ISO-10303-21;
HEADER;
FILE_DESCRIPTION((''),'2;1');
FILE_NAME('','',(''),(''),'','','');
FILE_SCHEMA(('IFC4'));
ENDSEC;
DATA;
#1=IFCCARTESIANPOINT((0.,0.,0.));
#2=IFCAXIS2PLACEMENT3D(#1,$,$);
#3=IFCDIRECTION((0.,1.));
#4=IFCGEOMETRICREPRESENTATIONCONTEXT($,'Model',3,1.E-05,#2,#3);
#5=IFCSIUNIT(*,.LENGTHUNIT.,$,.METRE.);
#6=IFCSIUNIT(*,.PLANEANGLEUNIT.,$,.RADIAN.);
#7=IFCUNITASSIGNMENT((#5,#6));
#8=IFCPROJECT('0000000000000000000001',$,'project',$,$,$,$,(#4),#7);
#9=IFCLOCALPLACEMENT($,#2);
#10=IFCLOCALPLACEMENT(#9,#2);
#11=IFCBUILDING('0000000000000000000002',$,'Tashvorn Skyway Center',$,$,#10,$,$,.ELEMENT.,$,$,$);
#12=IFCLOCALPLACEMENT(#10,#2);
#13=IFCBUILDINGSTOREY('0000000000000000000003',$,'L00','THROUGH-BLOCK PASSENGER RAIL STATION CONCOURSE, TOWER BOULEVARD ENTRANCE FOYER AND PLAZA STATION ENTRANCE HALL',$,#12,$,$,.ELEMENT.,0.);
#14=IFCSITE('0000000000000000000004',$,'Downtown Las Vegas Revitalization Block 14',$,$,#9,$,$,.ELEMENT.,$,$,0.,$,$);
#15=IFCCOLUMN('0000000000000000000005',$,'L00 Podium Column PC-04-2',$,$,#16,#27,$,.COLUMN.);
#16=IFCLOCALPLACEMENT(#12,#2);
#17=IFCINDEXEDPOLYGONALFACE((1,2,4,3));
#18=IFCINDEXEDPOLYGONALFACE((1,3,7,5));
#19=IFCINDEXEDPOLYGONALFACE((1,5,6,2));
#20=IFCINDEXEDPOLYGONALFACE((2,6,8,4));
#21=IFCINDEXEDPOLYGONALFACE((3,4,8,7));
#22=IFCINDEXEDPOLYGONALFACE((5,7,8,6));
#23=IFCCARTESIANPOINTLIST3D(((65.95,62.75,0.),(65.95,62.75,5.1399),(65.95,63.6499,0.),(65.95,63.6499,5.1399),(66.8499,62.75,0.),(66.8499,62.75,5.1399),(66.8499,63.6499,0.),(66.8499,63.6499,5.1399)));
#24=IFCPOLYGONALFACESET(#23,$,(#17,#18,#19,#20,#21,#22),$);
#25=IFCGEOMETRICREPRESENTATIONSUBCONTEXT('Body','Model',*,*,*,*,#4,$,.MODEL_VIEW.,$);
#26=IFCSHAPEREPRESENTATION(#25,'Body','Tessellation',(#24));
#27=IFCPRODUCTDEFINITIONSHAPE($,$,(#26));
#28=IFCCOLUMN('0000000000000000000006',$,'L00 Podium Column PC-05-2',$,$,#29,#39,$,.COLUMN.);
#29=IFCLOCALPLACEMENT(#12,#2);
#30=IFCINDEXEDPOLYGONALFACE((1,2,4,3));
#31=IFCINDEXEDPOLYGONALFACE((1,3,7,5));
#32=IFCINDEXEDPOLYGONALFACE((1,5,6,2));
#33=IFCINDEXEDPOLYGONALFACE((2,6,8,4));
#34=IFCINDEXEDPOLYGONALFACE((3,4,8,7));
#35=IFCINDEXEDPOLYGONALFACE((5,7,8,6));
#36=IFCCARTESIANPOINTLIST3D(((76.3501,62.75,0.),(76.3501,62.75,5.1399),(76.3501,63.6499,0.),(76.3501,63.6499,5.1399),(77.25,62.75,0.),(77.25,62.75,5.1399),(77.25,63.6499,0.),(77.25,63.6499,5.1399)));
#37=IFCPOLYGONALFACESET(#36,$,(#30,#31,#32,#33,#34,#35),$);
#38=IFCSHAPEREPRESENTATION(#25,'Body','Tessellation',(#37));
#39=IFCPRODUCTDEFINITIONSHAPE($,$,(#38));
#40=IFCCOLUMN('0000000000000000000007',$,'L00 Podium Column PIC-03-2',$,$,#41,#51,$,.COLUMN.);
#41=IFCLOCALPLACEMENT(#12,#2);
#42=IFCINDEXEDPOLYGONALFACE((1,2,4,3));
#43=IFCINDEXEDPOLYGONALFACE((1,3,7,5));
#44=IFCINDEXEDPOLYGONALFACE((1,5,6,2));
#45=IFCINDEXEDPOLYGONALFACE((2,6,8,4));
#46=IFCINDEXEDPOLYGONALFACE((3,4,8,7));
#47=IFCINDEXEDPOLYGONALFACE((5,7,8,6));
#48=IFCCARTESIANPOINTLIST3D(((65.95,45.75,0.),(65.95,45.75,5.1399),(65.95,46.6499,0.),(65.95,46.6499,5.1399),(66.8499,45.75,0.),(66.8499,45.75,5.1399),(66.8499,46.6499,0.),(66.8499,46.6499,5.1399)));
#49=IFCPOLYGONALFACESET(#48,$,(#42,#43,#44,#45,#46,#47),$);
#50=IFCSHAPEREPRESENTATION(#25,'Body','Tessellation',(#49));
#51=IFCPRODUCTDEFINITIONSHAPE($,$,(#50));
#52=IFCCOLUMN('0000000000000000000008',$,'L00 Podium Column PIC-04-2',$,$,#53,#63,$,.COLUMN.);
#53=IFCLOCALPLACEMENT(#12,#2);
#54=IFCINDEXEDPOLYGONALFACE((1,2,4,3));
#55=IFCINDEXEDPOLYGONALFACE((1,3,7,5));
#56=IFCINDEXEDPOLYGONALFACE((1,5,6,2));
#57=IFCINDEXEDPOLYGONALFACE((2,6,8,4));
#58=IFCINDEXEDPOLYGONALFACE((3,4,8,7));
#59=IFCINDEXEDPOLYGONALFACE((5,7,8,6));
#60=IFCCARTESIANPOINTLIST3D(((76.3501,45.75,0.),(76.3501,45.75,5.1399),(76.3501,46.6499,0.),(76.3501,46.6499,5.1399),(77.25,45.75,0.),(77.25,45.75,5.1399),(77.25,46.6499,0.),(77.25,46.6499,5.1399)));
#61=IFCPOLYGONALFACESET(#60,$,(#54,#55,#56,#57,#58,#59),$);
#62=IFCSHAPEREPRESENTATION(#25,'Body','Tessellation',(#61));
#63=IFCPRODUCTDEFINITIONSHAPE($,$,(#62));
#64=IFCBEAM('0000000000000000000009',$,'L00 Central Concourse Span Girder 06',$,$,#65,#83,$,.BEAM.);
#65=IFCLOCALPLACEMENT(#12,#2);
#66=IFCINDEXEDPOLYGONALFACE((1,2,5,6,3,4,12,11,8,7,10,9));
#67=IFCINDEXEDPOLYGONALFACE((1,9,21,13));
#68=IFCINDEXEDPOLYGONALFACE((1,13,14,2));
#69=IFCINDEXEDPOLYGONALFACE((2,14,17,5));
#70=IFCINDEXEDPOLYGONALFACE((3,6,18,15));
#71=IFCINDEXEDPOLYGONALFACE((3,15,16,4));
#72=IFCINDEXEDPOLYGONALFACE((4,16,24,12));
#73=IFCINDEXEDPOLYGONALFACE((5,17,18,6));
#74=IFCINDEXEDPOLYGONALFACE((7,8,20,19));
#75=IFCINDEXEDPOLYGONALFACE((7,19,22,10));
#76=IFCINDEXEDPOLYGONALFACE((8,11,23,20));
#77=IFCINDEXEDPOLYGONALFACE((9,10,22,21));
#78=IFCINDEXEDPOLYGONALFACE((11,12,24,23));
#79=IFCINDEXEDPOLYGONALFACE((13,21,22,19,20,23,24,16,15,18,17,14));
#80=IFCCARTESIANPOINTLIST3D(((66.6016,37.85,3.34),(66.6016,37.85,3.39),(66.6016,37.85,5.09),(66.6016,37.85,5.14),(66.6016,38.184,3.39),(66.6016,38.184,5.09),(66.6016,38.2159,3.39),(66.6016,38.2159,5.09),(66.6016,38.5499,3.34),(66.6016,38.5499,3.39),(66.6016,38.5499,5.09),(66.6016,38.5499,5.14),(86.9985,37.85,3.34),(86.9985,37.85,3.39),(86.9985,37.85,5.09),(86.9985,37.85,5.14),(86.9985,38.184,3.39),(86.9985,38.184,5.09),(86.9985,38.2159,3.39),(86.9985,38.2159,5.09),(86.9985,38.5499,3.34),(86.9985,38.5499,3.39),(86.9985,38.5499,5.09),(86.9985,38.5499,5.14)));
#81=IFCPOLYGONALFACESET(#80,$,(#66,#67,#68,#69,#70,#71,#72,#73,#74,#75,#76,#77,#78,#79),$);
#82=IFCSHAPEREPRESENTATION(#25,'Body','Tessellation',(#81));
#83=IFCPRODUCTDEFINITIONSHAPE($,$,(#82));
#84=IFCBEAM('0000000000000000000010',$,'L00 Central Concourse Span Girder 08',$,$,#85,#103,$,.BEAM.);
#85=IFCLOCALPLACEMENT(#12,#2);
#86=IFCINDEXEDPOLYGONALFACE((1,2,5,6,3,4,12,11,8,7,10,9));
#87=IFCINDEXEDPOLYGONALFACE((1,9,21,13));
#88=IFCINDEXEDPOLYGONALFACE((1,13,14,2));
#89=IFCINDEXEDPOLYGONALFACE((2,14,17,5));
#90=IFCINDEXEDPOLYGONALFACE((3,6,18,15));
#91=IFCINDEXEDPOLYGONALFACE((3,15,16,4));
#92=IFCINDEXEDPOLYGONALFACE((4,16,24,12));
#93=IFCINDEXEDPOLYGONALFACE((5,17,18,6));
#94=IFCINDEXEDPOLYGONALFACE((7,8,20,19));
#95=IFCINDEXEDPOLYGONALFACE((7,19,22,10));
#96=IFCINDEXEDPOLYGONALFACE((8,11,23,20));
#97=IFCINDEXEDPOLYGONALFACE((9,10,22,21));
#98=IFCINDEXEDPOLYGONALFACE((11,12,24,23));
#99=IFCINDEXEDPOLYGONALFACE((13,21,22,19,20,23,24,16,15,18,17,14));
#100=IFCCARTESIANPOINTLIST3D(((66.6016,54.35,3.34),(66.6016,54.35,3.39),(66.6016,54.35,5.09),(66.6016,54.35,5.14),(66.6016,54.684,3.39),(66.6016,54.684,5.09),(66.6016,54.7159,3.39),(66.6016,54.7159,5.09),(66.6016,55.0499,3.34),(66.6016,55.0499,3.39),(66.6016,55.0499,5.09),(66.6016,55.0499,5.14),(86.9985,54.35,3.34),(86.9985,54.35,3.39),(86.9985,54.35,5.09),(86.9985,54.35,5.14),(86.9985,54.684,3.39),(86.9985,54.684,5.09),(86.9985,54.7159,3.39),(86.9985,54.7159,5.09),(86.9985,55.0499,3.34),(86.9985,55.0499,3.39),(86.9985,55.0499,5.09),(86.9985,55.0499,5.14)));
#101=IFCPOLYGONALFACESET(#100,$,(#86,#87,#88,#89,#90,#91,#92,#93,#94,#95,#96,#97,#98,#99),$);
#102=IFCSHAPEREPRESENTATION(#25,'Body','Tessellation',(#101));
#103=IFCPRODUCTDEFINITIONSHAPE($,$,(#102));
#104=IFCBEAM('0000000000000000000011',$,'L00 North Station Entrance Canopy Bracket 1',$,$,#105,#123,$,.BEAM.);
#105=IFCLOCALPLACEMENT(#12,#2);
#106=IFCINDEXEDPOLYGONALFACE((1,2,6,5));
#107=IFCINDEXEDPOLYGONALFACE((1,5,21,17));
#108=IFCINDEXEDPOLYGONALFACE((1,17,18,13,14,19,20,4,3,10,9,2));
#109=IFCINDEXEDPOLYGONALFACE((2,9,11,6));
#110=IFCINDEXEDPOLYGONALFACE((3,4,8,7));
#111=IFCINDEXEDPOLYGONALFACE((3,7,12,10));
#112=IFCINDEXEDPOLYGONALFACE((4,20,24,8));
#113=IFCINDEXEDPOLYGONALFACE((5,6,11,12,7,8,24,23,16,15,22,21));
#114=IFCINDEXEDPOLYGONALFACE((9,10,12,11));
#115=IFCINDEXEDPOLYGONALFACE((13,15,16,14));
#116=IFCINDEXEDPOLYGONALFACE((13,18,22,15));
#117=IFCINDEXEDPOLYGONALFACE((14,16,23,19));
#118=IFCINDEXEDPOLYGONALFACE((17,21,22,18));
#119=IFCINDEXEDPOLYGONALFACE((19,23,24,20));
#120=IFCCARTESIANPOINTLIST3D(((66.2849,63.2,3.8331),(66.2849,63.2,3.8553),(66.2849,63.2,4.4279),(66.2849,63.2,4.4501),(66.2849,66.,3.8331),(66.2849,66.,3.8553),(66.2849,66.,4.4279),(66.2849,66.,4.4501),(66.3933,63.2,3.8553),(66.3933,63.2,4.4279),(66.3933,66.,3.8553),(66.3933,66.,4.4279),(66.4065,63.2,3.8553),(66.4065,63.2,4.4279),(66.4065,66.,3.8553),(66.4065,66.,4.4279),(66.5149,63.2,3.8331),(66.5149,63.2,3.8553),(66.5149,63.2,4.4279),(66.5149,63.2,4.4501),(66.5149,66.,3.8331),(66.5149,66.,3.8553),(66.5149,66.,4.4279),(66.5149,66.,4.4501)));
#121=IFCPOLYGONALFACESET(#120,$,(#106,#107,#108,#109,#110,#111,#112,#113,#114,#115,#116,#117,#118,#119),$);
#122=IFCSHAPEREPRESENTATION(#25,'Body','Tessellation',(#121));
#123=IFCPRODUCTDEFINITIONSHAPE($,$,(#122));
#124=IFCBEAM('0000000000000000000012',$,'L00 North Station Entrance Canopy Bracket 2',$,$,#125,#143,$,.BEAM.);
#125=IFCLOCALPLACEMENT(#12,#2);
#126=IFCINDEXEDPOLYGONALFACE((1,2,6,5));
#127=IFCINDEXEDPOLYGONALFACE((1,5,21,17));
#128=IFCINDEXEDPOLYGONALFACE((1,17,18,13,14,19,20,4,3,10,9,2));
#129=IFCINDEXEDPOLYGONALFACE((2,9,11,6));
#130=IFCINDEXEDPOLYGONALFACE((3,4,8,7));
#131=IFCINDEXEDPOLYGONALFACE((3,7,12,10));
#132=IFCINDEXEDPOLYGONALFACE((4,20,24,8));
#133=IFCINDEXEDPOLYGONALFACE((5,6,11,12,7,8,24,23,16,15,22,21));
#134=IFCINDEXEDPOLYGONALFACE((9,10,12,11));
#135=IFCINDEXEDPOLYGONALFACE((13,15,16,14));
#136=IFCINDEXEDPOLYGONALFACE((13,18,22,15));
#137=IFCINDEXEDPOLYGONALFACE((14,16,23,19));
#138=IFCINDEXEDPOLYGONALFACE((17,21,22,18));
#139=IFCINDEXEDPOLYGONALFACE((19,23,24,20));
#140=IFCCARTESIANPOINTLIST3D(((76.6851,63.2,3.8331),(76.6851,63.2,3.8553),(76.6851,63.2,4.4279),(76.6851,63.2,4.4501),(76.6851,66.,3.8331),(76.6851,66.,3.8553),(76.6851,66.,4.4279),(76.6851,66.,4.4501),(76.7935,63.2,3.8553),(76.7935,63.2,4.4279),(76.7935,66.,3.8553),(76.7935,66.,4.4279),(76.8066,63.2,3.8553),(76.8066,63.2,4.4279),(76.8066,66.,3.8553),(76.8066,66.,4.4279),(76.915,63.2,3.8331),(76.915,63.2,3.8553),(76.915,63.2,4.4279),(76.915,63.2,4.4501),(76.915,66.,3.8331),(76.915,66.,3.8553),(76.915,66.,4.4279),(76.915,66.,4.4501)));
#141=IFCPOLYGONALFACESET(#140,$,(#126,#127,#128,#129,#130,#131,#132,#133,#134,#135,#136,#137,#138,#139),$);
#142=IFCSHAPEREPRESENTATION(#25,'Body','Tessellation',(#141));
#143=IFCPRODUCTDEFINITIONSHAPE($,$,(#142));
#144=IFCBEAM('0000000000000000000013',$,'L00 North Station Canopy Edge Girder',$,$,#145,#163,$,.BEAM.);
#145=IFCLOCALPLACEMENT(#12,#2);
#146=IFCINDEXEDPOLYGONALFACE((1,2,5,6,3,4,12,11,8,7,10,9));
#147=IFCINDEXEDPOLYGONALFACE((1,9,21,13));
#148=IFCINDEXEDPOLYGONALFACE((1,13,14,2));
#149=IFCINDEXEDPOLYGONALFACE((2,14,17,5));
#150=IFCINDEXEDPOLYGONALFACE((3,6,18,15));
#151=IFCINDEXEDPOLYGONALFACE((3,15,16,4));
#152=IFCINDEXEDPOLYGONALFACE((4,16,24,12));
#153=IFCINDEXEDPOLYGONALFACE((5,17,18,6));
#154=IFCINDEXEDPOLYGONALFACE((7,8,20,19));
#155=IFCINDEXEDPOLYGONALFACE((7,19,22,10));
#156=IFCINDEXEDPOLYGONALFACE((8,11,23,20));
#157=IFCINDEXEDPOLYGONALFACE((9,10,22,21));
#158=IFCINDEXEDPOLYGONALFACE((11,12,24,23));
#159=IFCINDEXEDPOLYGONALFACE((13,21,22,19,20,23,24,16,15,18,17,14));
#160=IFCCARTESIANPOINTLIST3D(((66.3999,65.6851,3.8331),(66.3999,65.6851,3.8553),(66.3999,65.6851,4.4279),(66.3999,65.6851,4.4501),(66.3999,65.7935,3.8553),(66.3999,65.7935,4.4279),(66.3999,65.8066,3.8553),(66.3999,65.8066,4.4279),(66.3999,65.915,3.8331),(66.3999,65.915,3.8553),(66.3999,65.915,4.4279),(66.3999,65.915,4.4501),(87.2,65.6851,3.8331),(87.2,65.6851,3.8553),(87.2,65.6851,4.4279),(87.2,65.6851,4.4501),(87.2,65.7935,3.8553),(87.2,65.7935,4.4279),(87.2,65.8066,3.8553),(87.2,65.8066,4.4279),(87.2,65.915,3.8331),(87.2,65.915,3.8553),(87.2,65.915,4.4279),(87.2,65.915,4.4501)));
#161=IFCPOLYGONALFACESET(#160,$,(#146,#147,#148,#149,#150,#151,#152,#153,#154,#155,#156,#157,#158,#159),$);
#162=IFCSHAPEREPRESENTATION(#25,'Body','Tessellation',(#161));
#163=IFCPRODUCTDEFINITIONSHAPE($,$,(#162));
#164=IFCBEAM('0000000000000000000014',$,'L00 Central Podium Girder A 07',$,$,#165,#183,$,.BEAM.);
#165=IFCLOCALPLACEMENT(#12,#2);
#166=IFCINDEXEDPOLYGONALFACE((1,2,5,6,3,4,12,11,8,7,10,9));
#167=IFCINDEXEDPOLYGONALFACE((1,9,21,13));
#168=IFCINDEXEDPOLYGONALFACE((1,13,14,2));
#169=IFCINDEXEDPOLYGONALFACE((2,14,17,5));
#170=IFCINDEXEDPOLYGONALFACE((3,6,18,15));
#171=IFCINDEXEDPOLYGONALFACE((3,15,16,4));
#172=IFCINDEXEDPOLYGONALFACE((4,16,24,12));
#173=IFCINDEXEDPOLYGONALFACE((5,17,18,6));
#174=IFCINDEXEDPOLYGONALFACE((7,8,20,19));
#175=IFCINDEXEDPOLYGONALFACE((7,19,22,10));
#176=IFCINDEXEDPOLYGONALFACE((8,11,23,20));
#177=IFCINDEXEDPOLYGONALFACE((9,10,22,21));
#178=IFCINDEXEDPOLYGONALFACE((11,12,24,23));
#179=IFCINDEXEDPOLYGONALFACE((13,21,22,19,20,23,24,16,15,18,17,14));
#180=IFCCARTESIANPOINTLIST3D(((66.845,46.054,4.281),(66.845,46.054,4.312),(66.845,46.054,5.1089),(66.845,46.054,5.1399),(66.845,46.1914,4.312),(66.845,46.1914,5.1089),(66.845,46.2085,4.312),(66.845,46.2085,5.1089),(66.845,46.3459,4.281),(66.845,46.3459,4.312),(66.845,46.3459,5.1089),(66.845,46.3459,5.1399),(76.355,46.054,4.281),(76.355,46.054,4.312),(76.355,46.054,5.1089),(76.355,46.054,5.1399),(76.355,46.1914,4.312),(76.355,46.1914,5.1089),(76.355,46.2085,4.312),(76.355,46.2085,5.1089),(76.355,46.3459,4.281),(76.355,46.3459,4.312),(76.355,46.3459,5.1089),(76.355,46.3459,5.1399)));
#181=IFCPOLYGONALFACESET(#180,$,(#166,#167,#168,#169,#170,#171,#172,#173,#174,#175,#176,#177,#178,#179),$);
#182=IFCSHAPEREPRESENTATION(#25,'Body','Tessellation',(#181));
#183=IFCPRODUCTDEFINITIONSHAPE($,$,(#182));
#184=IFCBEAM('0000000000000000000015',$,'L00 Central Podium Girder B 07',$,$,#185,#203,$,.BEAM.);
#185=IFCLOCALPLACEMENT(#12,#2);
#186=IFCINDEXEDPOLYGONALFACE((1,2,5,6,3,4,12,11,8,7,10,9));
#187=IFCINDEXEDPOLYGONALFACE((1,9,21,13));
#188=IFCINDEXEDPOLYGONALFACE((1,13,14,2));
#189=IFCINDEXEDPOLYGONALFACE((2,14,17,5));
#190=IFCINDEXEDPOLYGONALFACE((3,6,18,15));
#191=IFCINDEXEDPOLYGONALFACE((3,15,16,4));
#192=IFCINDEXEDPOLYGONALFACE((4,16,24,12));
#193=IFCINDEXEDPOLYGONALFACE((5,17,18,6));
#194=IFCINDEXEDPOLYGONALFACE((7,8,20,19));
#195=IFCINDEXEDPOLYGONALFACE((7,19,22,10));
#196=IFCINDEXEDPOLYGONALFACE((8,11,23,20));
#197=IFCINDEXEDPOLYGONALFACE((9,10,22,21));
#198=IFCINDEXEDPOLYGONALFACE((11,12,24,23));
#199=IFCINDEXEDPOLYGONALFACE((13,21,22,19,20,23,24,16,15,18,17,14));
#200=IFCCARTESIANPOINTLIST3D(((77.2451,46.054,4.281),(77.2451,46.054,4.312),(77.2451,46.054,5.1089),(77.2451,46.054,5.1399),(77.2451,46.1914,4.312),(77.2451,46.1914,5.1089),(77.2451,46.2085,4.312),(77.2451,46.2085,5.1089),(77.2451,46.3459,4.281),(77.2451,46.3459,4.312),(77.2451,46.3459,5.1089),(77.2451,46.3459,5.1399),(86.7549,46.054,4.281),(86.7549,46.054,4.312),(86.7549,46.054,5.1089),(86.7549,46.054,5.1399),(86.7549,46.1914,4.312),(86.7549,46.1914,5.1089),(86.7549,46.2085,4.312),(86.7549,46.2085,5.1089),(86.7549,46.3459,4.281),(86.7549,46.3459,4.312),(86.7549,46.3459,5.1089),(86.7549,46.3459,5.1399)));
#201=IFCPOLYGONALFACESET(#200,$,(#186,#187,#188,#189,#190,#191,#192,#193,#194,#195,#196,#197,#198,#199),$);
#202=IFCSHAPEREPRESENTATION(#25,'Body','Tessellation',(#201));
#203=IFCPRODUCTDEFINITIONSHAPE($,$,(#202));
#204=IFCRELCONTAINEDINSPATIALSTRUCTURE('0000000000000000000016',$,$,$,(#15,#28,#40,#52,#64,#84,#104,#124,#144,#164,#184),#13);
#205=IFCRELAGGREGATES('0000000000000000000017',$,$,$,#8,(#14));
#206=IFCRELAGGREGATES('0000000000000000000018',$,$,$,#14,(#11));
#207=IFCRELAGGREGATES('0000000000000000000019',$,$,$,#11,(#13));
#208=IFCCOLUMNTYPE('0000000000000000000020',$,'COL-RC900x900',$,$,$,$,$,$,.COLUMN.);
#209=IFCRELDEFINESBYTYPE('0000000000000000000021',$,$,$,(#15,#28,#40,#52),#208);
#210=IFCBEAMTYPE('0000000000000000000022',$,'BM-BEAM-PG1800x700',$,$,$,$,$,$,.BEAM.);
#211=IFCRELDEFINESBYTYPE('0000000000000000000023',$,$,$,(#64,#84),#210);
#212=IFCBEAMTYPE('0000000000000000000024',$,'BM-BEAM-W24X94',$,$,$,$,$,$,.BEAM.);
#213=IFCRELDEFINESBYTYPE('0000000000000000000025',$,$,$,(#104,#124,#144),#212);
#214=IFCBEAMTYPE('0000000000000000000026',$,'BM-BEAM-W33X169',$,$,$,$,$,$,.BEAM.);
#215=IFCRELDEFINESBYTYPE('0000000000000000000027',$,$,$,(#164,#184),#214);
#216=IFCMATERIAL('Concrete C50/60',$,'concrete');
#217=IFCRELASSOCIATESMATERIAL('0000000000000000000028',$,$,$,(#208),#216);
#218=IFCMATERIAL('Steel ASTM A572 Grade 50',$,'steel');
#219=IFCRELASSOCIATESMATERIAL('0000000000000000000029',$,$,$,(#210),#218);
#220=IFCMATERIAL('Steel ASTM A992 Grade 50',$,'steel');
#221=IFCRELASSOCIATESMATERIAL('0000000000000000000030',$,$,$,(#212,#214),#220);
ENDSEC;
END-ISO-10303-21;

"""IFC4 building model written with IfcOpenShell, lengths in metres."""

from ifc_helpers import new_model, si_unit, direction, frame, origin, origin_2d, place, context, subcontext, project, spatial, rectangle, i_section, extrude, material, material_profile, profile_set, type_object, element, save


model = new_model("IFC4")

# Units and contexts
model_context = context("Model", 3, precision=1e-05, world=origin(), true_north=direction((0.0, 1.0)))
body_context = subcontext(model_context, "Body", "Model", "MODEL_VIEW")
ifc_project = project(units=[si_unit("LENGTHUNIT", "METRE"), si_unit("PLANEANGLEUNIT", "RADIAN")], contexts=[model_context])

# Site, building, storey
site_placement = place(None, origin())
site = spatial("IfcSite", under=ifc_project, at=site_placement, Name="Downtown Las Vegas Revitalization Block 14", CompositionType="ELEMENT", RefElevation=0.0)
building_placement = place(site_placement, origin())
building = spatial("IfcBuilding", under=site, at=building_placement, Name="Tashvorn Skyway Center", CompositionType="ELEMENT")
storey_placement = place(building_placement, origin())
storey = spatial("IfcBuildingStorey", under=building, at=storey_placement, Name="L00", Description="THROUGH-BLOCK PASSENGER RAIL STATION CONCOURSE, TOWER BOULEVARD ENTRANCE FOYER AND PLAZA STATION ENTRANCE HALL", CompositionType="ELEMENT", Elevation=0.0)

# Columns
ifc_material_1 = material(Name="Concrete C50/60", Category="concrete")
ifc_material_profile_1 = material_profile(ifc_material_1, rectangle(XDim=0.8999, YDim=0.8999, at=origin_2d()), Name="RC900x900")
ifc_profile_set_1 = profile_set([ifc_material_profile_1], Name="Concrete C50/60")
column_type = type_object("IfcColumnType", Name="COL-RC900x900", PredefinedType="COLUMN", material=ifc_profile_set_1)
for number, where, z_axis, x_axis, name in (
    (1, (66.3999, 63.2, 0.0), (0.0, 0.0, 1.0), (1.0, 0.0, 0.0), "L00 Podium Column PC-04-2"),
    (2, (76.8, 63.2, 0.0), (0.0, 0.0, 1.0), (1.0, 0.0, 0.0), "L00 Podium Column PC-05-2"),
    (3, (66.3999, 46.2, 0.0), (0.0, 0.0, 1.0), (1.0, 0.0, 0.0), "L00 Podium Column PIC-03-2"),
    (4, (76.8, 46.2, 0.0), (0.0, 0.0, 1.0), (1.0, 0.0, 0.0), "L00 Podium Column PIC-04-2"),
):
    element("IfcColumn", number, at=place(storey_placement, frame(where, z_axis=z_axis, x_axis=x_axis)), inside=storey, type_object=column_type, Name=name, PredefinedType="COLUMN", context=body_context, shape_type="SweptSolid", body=[
        extrude(rectangle(XDim=0.8999, YDim=0.8999, at=origin_2d()), origin(), (0.0, 0.0, 1.0), 5.1399),
    ])

# Beams
ifc_material_2 = material(Name="Steel ASTM A572 Grade 50", Category="steel")
ifc_material_profile_2 = material_profile(ifc_material_2, i_section(OverallWidth=0.7, OverallDepth=1.8, WebThickness=0.032, FlangeThickness=0.05, at=origin_2d()), Name="PG1800x700")
ifc_profile_set_2 = profile_set([ifc_material_profile_2], Name="Steel ASTM A572 Grade 50")
beam_type_1 = type_object("IfcBeamType", Name="BM-BEAM-PG1800x700", PredefinedType="BEAM", material=ifc_profile_set_2)
for number, where, z_axis, x_axis, name in (
    (5, (66.6016, 38.2, 4.24), (1.0, 0.0, 0.0), (0.0, 1.0, 0.0), "L00 Central Concourse Span Girder 06"),
    (6, (66.6016, 54.7, 4.24), (1.0, 0.0, 0.0), (0.0, 1.0, 0.0), "L00 Central Concourse Span Girder 08"),
):
    element("IfcBeam", number, at=place(storey_placement, frame(where, z_axis=z_axis, x_axis=x_axis)), inside=storey, type_object=beam_type_1, Name=name, PredefinedType="BEAM", context=body_context, shape_type="SweptSolid", body=[
        extrude(i_section(OverallWidth=0.7, OverallDepth=1.8, WebThickness=0.032, FlangeThickness=0.05, at=origin_2d()), origin(), (0.0, 0.0, 1.0), 20.397),
    ])
ifc_material_3 = material(Name="Steel ASTM A992 Grade 50", Category="steel")
ifc_material_profile_3 = material_profile(ifc_material_3, i_section(OverallWidth=0.23, OverallDepth=0.6169, WebThickness=0.0132, FlangeThickness=0.0222, at=origin_2d()), Name="W24X94")
ifc_profile_set_3 = profile_set([ifc_material_profile_3], Name="Steel ASTM A992 Grade 50")
beam_type_2 = type_object("IfcBeamType", Name="BM-BEAM-W24X94", PredefinedType="BEAM", material=ifc_profile_set_3)
for number, where, z_axis, x_axis, name in (
    (7, (66.3999, 63.2, 4.1416), (0.0, 1.0, 0.0), (-1.0, 0.0, 0.0), "L00 North Station Entrance Canopy Bracket 1"),
    (8, (76.8, 63.2, 4.1416), (0.0, 1.0, 0.0), (-1.0, 0.0, 0.0), "L00 North Station Entrance Canopy Bracket 2"),
):
    element("IfcBeam", number, at=place(storey_placement, frame(where, z_axis=z_axis, x_axis=x_axis)), inside=storey, type_object=beam_type_2, Name=name, PredefinedType="BEAM", context=body_context, shape_type="SweptSolid", body=[
        extrude(i_section(OverallWidth=0.23, OverallDepth=0.6169, WebThickness=0.0132, FlangeThickness=0.0222, at=origin_2d()), origin(), (0.0, 0.0, 1.0), 2.8),
    ])
beam_1_placement = place(storey_placement, frame((66.3999, 65.8, 4.1416), z_axis=(1.0, 0.0, 0.0), x_axis=(0.0, 1.0, 0.0)))
element("IfcBeam", 9, at=beam_1_placement, inside=storey, type_object=beam_type_2, Name="L00 North Station Canopy Edge Girder", PredefinedType="BEAM", context=body_context, shape_type="SweptSolid", body=[
    extrude(i_section(OverallWidth=0.23, OverallDepth=0.6169, WebThickness=0.0132, FlangeThickness=0.0222, at=origin_2d()), origin(), (0.0, 0.0, 1.0), 20.8),
])
ifc_material_profile_4 = material_profile(ifc_material_3, i_section(OverallWidth=0.292, OverallDepth=0.8589, WebThickness=0.0171, FlangeThickness=0.031, at=origin_2d()), Name="W33X169")
ifc_profile_set_4 = profile_set([ifc_material_profile_4], Name="Steel ASTM A992 Grade 50")
beam_type_3 = type_object("IfcBeamType", Name="BM-BEAM-W33X169", PredefinedType="BEAM", material=ifc_profile_set_4)
beam_2_placement = place(storey_placement, frame((66.845, 46.2, 4.7104), z_axis=(1.0, 0.0, 0.0), x_axis=(0.0, 1.0, 0.0)))
element("IfcBeam", 10, at=beam_2_placement, inside=storey, type_object=beam_type_3, Name="L00 Central Podium Girder A 07", PredefinedType="BEAM", context=body_context, shape_type="SweptSolid", body=[
    extrude(i_section(OverallWidth=0.292, OverallDepth=0.8589, WebThickness=0.0171, FlangeThickness=0.031, at=origin_2d()), origin(), (0.0, 0.0, 1.0), 9.51),
])
beam_3_placement = place(storey_placement, frame((77.2451, 46.2, 4.7104), z_axis=(1.0, 0.0, 0.0), x_axis=(0.0, 1.0, 0.0)))
element("IfcBeam", 11, at=beam_3_placement, inside=storey, type_object=beam_type_3, Name="L00 Central Podium Girder B 07", PredefinedType="BEAM", context=body_context, shape_type="SweptSolid", body=[
    extrude(i_section(OverallWidth=0.292, OverallDepth=0.8589, WebThickness=0.0171, FlangeThickness=0.031, at=origin_2d()), origin(), (0.0, 0.0, 1.0), 9.5098),
])

save(model, "model.ifc")
